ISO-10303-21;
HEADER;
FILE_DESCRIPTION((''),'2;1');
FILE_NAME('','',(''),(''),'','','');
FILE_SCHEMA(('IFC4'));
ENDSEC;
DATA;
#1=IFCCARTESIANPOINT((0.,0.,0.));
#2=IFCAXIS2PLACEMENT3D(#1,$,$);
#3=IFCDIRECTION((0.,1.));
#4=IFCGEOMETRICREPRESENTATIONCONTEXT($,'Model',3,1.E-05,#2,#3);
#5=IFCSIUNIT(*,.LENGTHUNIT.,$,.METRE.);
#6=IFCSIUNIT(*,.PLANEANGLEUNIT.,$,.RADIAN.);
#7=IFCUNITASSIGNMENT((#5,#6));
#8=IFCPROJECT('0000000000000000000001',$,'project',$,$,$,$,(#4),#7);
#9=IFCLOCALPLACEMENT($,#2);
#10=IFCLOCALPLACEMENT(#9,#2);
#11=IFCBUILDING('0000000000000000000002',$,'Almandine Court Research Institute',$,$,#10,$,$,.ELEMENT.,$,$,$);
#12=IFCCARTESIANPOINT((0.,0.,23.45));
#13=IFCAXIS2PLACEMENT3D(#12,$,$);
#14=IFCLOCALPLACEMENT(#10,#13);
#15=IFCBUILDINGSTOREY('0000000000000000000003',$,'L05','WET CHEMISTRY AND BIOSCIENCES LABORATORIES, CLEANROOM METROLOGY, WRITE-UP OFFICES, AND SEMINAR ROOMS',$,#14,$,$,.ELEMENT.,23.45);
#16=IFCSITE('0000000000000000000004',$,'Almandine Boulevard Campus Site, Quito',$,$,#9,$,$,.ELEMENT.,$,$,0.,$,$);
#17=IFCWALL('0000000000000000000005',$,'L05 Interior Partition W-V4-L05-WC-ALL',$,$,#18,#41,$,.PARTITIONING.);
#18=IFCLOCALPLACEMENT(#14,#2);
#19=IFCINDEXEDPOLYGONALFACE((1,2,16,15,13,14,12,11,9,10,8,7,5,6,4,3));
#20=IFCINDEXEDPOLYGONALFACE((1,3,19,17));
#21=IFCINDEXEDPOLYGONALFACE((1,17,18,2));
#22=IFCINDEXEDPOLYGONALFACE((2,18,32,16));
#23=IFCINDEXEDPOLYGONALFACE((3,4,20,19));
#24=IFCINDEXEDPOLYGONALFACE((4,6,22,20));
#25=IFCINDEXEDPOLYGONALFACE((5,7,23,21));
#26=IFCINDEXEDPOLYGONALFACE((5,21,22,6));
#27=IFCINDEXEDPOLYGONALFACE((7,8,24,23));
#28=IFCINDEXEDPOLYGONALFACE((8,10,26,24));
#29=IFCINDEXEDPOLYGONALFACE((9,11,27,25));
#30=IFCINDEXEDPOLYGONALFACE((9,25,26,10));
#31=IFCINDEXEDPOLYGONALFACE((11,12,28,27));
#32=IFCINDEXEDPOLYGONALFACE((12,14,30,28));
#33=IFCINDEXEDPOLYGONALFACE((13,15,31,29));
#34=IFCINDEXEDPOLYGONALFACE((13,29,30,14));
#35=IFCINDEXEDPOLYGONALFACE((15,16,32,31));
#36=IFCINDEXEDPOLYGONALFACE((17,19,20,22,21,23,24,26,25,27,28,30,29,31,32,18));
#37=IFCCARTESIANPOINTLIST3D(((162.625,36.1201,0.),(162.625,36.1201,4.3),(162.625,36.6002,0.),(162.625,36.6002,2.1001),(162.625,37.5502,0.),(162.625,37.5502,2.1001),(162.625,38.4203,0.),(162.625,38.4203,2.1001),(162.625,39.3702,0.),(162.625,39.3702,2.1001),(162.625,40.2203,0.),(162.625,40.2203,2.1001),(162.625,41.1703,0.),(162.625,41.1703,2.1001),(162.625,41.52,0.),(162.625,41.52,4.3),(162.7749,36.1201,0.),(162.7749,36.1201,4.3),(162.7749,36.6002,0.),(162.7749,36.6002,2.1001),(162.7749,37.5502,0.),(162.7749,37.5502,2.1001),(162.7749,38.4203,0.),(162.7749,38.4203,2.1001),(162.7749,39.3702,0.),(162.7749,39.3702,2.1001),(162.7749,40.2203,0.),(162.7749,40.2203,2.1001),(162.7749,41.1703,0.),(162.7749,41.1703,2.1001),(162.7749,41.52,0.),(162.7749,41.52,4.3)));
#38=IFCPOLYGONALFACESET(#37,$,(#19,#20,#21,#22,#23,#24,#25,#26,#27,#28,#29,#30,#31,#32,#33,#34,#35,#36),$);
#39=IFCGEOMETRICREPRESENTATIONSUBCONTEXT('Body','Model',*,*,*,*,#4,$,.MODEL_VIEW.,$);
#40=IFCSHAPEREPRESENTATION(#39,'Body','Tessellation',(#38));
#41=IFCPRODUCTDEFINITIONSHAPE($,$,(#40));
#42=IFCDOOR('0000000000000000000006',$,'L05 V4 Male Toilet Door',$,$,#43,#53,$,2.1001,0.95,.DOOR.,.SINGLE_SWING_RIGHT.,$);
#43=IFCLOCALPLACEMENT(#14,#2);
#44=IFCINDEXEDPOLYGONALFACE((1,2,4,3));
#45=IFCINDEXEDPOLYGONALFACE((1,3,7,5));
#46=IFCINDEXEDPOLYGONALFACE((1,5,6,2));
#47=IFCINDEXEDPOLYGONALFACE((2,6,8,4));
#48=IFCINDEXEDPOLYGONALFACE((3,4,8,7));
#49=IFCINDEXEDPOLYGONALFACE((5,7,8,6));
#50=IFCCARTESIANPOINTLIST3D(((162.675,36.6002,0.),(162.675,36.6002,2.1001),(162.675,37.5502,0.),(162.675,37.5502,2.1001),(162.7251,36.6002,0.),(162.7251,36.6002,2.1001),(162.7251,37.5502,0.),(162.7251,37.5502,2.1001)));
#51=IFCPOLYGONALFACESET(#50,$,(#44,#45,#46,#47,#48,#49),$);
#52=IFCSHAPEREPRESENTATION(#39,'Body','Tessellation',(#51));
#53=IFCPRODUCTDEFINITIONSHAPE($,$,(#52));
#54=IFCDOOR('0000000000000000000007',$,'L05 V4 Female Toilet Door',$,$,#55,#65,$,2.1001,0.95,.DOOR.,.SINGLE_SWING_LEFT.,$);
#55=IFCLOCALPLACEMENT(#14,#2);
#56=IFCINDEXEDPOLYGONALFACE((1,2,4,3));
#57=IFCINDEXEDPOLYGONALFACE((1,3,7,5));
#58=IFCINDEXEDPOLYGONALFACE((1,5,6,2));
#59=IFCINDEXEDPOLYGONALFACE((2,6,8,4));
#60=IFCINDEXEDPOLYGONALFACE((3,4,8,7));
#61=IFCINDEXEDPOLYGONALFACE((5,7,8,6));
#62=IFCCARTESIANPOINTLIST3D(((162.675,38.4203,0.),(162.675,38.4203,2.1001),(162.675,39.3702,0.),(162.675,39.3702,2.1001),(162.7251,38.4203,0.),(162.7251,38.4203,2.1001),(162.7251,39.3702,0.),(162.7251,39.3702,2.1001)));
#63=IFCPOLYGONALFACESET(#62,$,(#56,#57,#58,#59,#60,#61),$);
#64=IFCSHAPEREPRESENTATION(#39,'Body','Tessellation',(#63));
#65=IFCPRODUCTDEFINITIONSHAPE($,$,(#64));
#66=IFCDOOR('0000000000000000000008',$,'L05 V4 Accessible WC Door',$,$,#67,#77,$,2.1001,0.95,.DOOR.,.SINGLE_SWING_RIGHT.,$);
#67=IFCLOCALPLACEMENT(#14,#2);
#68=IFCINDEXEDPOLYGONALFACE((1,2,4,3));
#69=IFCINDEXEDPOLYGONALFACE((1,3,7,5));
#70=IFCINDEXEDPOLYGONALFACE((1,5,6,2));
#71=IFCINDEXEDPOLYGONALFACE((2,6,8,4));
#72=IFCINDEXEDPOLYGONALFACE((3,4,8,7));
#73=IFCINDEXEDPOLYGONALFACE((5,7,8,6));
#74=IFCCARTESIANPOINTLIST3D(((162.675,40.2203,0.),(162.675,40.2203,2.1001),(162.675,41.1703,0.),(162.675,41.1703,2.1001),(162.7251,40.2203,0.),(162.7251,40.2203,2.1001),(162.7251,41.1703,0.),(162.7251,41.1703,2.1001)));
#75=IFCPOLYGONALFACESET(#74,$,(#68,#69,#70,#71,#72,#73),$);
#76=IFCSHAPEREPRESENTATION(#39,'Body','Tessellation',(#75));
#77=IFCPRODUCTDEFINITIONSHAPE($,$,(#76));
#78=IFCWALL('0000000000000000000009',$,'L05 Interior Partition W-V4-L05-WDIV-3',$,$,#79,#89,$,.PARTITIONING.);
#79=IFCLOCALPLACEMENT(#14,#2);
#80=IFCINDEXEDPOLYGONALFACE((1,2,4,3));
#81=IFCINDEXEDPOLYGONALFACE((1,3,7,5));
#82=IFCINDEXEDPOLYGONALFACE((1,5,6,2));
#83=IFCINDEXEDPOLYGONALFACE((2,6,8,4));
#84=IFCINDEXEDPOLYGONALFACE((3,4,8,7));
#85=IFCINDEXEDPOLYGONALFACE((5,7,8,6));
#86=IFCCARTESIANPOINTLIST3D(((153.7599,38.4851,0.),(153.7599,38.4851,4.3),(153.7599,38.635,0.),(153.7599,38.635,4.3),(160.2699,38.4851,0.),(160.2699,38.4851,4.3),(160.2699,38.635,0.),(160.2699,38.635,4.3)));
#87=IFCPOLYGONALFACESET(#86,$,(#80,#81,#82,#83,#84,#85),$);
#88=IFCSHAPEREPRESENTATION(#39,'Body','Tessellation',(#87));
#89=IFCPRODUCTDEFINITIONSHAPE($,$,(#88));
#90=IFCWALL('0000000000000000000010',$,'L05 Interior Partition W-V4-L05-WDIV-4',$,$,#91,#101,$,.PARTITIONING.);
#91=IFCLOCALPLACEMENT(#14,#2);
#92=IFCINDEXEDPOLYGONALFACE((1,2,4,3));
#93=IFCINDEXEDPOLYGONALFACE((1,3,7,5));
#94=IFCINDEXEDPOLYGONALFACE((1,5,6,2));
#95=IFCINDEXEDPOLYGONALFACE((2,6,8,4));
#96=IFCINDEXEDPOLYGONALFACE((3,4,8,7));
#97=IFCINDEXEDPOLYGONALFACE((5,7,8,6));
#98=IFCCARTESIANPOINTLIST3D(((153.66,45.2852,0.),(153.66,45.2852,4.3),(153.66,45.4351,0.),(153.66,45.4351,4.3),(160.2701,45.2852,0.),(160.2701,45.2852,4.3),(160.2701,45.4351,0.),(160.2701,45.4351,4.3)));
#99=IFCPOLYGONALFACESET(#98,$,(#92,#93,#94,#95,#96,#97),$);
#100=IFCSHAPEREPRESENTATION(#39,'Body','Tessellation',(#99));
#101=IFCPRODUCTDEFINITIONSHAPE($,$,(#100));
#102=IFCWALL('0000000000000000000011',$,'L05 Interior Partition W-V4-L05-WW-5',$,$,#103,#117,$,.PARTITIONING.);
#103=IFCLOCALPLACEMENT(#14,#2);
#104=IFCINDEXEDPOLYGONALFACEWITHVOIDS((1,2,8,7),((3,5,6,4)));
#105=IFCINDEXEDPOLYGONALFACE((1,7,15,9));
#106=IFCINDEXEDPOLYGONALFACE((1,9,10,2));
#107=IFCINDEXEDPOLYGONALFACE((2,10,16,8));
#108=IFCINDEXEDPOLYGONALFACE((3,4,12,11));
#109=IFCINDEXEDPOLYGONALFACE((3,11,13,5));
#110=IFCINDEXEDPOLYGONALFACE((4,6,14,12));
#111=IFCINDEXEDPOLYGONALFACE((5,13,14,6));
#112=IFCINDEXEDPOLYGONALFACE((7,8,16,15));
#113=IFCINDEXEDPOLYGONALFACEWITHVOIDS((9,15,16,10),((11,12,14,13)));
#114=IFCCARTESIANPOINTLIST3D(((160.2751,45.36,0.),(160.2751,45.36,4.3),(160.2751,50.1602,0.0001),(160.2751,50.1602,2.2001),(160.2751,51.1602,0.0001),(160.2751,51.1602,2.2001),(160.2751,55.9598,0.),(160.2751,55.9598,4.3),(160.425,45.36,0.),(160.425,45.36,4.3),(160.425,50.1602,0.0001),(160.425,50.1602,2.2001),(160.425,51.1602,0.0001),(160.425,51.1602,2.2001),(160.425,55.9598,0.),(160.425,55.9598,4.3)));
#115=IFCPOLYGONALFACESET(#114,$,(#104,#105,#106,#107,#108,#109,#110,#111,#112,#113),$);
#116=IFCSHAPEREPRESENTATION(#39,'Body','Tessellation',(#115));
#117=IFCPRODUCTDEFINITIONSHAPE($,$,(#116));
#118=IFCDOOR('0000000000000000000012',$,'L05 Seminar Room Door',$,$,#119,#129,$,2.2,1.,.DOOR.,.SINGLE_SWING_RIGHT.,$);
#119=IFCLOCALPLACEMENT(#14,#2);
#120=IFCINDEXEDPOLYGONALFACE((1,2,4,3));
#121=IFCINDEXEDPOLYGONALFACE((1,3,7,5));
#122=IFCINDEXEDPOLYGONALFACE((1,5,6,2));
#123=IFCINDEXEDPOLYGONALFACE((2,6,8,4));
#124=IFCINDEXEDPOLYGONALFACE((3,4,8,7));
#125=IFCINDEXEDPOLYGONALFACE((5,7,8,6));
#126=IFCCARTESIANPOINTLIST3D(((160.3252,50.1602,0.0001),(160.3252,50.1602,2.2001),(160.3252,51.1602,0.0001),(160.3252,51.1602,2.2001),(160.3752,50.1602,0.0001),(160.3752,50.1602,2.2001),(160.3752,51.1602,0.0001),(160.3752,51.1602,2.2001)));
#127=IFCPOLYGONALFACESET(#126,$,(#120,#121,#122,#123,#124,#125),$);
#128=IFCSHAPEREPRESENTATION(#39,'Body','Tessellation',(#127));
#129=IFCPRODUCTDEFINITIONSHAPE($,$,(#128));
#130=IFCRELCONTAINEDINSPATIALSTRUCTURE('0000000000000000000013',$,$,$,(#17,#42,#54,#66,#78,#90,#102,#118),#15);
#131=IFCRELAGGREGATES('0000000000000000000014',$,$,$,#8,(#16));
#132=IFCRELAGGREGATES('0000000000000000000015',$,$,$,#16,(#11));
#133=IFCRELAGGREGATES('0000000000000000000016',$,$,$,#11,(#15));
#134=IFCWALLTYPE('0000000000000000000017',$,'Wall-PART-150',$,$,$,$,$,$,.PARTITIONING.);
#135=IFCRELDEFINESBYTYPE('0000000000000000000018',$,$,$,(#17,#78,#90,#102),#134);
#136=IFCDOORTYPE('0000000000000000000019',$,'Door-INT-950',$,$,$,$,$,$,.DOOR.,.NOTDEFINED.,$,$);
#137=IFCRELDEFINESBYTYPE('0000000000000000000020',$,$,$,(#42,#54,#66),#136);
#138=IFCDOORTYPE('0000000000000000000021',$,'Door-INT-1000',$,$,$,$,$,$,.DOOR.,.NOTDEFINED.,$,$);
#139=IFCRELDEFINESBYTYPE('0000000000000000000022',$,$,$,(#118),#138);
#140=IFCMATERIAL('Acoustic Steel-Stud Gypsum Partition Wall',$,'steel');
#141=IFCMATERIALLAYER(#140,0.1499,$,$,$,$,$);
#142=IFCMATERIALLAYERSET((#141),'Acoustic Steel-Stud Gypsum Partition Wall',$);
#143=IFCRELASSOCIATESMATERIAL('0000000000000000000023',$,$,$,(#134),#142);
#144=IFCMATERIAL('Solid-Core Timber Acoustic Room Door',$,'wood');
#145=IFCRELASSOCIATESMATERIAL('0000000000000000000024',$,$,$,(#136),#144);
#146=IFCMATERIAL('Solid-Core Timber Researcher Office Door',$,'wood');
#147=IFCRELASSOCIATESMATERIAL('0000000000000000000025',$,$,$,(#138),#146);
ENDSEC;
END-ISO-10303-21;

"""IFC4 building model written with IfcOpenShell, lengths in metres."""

from ifc_helpers import new_model, si_unit, direction, frame, frame_2d, origin, place, context, subcontext, project, spatial, rectangle, extrude, material, layer, layer_set, type_object, element, fill, save


model = new_model("IFC4")

# Units and contexts
model_context = context("Model", 3, precision=1e-05, world=origin(), true_north=direction((0.0, 1.0)))
body_context = subcontext(model_context, "Body", "Model", "MODEL_VIEW")
ifc_project = project(units=[si_unit("LENGTHUNIT", "METRE"), si_unit("PLANEANGLEUNIT", "RADIAN")], contexts=[model_context])

# Site, building, storey
site_placement = place(None, origin())
site = spatial("IfcSite", under=ifc_project, at=site_placement, Name="Almandine Boulevard Campus Site, Quito", CompositionType="ELEMENT", RefElevation=0.0)
building_placement = place(site_placement, origin())
building = spatial("IfcBuilding", under=site, at=building_placement, Name="Almandine Court Research Institute", CompositionType="ELEMENT")
storey_placement = place(building_placement, frame((0.0, 0.0, 23.45)))
storey = spatial("IfcBuildingStorey", under=building, at=storey_placement, Name="L05", Description="WET CHEMISTRY AND BIOSCIENCES LABORATORIES, CLEANROOM METROLOGY, WRITE-UP OFFICES, AND SEMINAR ROOMS", CompositionType="ELEMENT", Elevation=23.45)

# Shared definitions
ifc_material_1 = material(Name="Acoustic Steel-Stud Gypsum Partition Wall", Category="steel")
ifc_layer_1 = layer(ifc_material_1, 0.1499)
ifc_layer_set_1 = layer_set([ifc_layer_1], Name="Acoustic Steel-Stud Gypsum Partition Wall")
wall_type_1 = type_object("IfcWallType", Name="Wall-PART-150", PredefinedType="PARTITIONING", material=ifc_layer_set_1)

# Wall, openings, doors
wall_1_placement = place(storey_placement, frame((162.7, 36.1201, 0.0), z_axis=(0.0, 0.0, 1.0), x_axis=(0.0, 1.0, 0.0)))
wall_1 = element("IfcWall", 1, at=wall_1_placement, inside=storey, type_object=wall_type_1, Name="L05 Interior Partition W-V4-L05-WC-ALL", PredefinedType="PARTITIONING", context=body_context, shape_type="SweptSolid", body=[
    extrude(rectangle(XDim=5.3999, YDim=0.1499, at=frame_2d((2.7, 0.0))), origin(), (0.0, 0.0, 1.0), 4.3),
])
opening_1_placement = place(wall_1_placement, frame((0.48, 0.0, 0.0)))
opening_1 = element("IfcOpeningElement", 2, at=opening_1_placement, cuts=wall_1, PredefinedType="OPENING", context=body_context, shape_type="SweptSolid", body=[
    extrude(rectangle(XDim=0.95, YDim=2.1001, at=frame_2d((0.4751, 1.05))), frame((0.0, 0.085, 0.0), z_axis=(0.0, -1.0, 0.0), x_axis=(1.0, 0.0, 0.0)), (0.0, 0.0, 1.0), 0.1699),
])
opening_2_placement = place(wall_1_placement, frame((2.3, 0.0, 0.0)))
opening_2 = element("IfcOpeningElement", 3, at=opening_2_placement, cuts=wall_1, PredefinedType="OPENING", context=body_context, shape_type="SweptSolid", body=[
    extrude(rectangle(XDim=0.95, YDim=2.1001, at=frame_2d((0.4751, 1.05))), frame((0.0, 0.085, 0.0), z_axis=(0.0, -1.0, 0.0), x_axis=(1.0, 0.0, 0.0)), (0.0, 0.0, 1.0), 0.1699),
])
opening_3_placement = place(wall_1_placement, frame((4.1001, 0.0, 0.0)))
opening_3 = element("IfcOpeningElement", 4, at=opening_3_placement, cuts=wall_1, PredefinedType="OPENING", context=body_context, shape_type="SweptSolid", body=[
    extrude(rectangle(XDim=0.95, YDim=2.1001, at=frame_2d((0.4751, 1.05))), frame((0.0, 0.085, 0.0), z_axis=(0.0, -1.0, 0.0), x_axis=(1.0, 0.0, 0.0)), (0.0, 0.0, 1.0), 0.1699),
])
ifc_material_2 = material(Name="Solid-Core Timber Acoustic Room Door", Category="wood")
door_type_1 = type_object("IfcDoorType", Name="Door-INT-950", OperationType="NOTDEFINED", PredefinedType="DOOR", material=ifc_material_2)
door_1_placement = place(opening_1_placement, origin())
door_1 = element("IfcDoor", 5, at=door_1_placement, inside=storey, type_object=door_type_1, Name="L05 V4 Male Toilet Door", OperationType="SINGLE_SWING_RIGHT", OverallHeight=2.1001, OverallWidth=0.95, PredefinedType="DOOR", context=body_context, shape_type="SweptSolid", body=[
    extrude(rectangle(XDim=0.95, YDim=2.1001, at=frame_2d((0.4751, 1.05))), frame((0.0, 0.0249, 0.0), z_axis=(0.0, -1.0, 0.0), x_axis=(1.0, 0.0, 0.0)), (0.0, 0.0, 1.0), 0.05),
])
fill(opening_1, door_1)
door_2_placement = place(opening_2_placement, origin())
door_2 = element("IfcDoor", 6, at=door_2_placement, inside=storey, type_object=door_type_1, Name="L05 V4 Female Toilet Door", OperationType="SINGLE_SWING_LEFT", OverallHeight=2.1001, OverallWidth=0.95, PredefinedType="DOOR", context=body_context, shape_type="SweptSolid", body=[
    extrude(rectangle(XDim=0.95, YDim=2.1001, at=frame_2d((0.4751, 1.05))), frame((0.0, 0.0249, 0.0), z_axis=(0.0, -1.0, 0.0), x_axis=(1.0, 0.0, 0.0)), (0.0, 0.0, 1.0), 0.05),
])
fill(opening_2, door_2)
door_3_placement = place(opening_3_placement, origin())
door_3 = element("IfcDoor", 7, at=door_3_placement, inside=storey, type_object=door_type_1, Name="L05 V4 Accessible WC Door", OperationType="SINGLE_SWING_RIGHT", OverallHeight=2.1001, OverallWidth=0.95, PredefinedType="DOOR", context=body_context, shape_type="SweptSolid", body=[
    extrude(rectangle(XDim=0.95, YDim=2.1001, at=frame_2d((0.4751, 1.05))), frame((0.0, 0.0249, 0.0), z_axis=(0.0, -1.0, 0.0), x_axis=(1.0, 0.0, 0.0)), (0.0, 0.0, 1.0), 0.05),
])
fill(opening_3, door_3)

# Walls
wall_2_placement = place(storey_placement, frame((153.76, 38.5601, 0.0), z_axis=(0.0, 0.0, 1.0), x_axis=(1.0, 0.0, 0.0)))
element("IfcWall", 8, at=wall_2_placement, inside=storey, type_object=wall_type_1, Name="L05 Interior Partition W-V4-L05-WDIV-3", PredefinedType="PARTITIONING", context=body_context, shape_type="SweptSolid", body=[
    extrude(rectangle(XDim=6.51, YDim=0.1499, at=frame_2d((3.2549, 0.0))), origin(), (0.0, 0.0, 1.0), 4.3),
])
wall_3_placement = place(storey_placement, frame((153.6599, 45.3601, 0.0), z_axis=(0.0, 0.0, 1.0), x_axis=(1.0, 0.0, 0.0)))
element("IfcWall", 9, at=wall_3_placement, inside=storey, type_object=wall_type_1, Name="L05 Interior Partition W-V4-L05-WDIV-4", PredefinedType="PARTITIONING", context=body_context, shape_type="SweptSolid", body=[
    extrude(rectangle(XDim=6.6101, YDim=0.1499, at=frame_2d((3.3052, 0.0))), origin(), (0.0, 0.0, 1.0), 4.3),
])

# Wall, opening, door
wall_4_placement = place(storey_placement, frame((160.3501, 45.3601, 0.0), z_axis=(0.0, 0.0, 1.0), x_axis=(0.0, 1.0, 0.0)))
wall_4 = element("IfcWall", 10, at=wall_4_placement, inside=storey, type_object=wall_type_1, Name="L05 Interior Partition W-V4-L05-WW-5", PredefinedType="PARTITIONING", context=body_context, shape_type="SweptSolid", body=[
    extrude(rectangle(XDim=10.5999, YDim=0.1499, at=frame_2d((5.2998, 0.0))), origin(), (0.0, 0.0, 1.0), 4.3),
])
opening_4_placement = place(wall_4_placement, frame((4.8, 0.0, 0.0)))
opening_4 = element("IfcOpeningElement", 11, at=opening_4_placement, cuts=wall_4, PredefinedType="OPENING", context=body_context, shape_type="SweptSolid", body=[
    extrude(rectangle(XDim=1.0, YDim=2.2, at=frame_2d((0.5, 1.1001))), frame((0.0, 0.085, 0.0), z_axis=(0.0, -1.0, 0.0), x_axis=(1.0, 0.0, 0.0)), (0.0, 0.0, 1.0), 0.1699),
])
ifc_material_3 = material(Name="Solid-Core Timber Researcher Office Door", Category="wood")
door_type_2 = type_object("IfcDoorType", Name="Door-INT-1000", OperationType="NOTDEFINED", PredefinedType="DOOR", material=ifc_material_3)
door_4_placement = place(opening_4_placement, origin())
door_4 = element("IfcDoor", 12, at=door_4_placement, inside=storey, type_object=door_type_2, Name="L05 Seminar Room Door", OperationType="SINGLE_SWING_RIGHT", OverallHeight=2.2, OverallWidth=1.0, PredefinedType="DOOR", context=body_context, shape_type="SweptSolid", body=[
    extrude(rectangle(XDim=1.0, YDim=2.2, at=frame_2d((0.5, 1.1001))), frame((0.0, 0.0249, 0.0), z_axis=(0.0, -1.0, 0.0), x_axis=(1.0, 0.0, 0.0)), (0.0, 0.0, 1.0), 0.05),
])
fill(opening_4, door_4)

save(model, "model.ifc")
